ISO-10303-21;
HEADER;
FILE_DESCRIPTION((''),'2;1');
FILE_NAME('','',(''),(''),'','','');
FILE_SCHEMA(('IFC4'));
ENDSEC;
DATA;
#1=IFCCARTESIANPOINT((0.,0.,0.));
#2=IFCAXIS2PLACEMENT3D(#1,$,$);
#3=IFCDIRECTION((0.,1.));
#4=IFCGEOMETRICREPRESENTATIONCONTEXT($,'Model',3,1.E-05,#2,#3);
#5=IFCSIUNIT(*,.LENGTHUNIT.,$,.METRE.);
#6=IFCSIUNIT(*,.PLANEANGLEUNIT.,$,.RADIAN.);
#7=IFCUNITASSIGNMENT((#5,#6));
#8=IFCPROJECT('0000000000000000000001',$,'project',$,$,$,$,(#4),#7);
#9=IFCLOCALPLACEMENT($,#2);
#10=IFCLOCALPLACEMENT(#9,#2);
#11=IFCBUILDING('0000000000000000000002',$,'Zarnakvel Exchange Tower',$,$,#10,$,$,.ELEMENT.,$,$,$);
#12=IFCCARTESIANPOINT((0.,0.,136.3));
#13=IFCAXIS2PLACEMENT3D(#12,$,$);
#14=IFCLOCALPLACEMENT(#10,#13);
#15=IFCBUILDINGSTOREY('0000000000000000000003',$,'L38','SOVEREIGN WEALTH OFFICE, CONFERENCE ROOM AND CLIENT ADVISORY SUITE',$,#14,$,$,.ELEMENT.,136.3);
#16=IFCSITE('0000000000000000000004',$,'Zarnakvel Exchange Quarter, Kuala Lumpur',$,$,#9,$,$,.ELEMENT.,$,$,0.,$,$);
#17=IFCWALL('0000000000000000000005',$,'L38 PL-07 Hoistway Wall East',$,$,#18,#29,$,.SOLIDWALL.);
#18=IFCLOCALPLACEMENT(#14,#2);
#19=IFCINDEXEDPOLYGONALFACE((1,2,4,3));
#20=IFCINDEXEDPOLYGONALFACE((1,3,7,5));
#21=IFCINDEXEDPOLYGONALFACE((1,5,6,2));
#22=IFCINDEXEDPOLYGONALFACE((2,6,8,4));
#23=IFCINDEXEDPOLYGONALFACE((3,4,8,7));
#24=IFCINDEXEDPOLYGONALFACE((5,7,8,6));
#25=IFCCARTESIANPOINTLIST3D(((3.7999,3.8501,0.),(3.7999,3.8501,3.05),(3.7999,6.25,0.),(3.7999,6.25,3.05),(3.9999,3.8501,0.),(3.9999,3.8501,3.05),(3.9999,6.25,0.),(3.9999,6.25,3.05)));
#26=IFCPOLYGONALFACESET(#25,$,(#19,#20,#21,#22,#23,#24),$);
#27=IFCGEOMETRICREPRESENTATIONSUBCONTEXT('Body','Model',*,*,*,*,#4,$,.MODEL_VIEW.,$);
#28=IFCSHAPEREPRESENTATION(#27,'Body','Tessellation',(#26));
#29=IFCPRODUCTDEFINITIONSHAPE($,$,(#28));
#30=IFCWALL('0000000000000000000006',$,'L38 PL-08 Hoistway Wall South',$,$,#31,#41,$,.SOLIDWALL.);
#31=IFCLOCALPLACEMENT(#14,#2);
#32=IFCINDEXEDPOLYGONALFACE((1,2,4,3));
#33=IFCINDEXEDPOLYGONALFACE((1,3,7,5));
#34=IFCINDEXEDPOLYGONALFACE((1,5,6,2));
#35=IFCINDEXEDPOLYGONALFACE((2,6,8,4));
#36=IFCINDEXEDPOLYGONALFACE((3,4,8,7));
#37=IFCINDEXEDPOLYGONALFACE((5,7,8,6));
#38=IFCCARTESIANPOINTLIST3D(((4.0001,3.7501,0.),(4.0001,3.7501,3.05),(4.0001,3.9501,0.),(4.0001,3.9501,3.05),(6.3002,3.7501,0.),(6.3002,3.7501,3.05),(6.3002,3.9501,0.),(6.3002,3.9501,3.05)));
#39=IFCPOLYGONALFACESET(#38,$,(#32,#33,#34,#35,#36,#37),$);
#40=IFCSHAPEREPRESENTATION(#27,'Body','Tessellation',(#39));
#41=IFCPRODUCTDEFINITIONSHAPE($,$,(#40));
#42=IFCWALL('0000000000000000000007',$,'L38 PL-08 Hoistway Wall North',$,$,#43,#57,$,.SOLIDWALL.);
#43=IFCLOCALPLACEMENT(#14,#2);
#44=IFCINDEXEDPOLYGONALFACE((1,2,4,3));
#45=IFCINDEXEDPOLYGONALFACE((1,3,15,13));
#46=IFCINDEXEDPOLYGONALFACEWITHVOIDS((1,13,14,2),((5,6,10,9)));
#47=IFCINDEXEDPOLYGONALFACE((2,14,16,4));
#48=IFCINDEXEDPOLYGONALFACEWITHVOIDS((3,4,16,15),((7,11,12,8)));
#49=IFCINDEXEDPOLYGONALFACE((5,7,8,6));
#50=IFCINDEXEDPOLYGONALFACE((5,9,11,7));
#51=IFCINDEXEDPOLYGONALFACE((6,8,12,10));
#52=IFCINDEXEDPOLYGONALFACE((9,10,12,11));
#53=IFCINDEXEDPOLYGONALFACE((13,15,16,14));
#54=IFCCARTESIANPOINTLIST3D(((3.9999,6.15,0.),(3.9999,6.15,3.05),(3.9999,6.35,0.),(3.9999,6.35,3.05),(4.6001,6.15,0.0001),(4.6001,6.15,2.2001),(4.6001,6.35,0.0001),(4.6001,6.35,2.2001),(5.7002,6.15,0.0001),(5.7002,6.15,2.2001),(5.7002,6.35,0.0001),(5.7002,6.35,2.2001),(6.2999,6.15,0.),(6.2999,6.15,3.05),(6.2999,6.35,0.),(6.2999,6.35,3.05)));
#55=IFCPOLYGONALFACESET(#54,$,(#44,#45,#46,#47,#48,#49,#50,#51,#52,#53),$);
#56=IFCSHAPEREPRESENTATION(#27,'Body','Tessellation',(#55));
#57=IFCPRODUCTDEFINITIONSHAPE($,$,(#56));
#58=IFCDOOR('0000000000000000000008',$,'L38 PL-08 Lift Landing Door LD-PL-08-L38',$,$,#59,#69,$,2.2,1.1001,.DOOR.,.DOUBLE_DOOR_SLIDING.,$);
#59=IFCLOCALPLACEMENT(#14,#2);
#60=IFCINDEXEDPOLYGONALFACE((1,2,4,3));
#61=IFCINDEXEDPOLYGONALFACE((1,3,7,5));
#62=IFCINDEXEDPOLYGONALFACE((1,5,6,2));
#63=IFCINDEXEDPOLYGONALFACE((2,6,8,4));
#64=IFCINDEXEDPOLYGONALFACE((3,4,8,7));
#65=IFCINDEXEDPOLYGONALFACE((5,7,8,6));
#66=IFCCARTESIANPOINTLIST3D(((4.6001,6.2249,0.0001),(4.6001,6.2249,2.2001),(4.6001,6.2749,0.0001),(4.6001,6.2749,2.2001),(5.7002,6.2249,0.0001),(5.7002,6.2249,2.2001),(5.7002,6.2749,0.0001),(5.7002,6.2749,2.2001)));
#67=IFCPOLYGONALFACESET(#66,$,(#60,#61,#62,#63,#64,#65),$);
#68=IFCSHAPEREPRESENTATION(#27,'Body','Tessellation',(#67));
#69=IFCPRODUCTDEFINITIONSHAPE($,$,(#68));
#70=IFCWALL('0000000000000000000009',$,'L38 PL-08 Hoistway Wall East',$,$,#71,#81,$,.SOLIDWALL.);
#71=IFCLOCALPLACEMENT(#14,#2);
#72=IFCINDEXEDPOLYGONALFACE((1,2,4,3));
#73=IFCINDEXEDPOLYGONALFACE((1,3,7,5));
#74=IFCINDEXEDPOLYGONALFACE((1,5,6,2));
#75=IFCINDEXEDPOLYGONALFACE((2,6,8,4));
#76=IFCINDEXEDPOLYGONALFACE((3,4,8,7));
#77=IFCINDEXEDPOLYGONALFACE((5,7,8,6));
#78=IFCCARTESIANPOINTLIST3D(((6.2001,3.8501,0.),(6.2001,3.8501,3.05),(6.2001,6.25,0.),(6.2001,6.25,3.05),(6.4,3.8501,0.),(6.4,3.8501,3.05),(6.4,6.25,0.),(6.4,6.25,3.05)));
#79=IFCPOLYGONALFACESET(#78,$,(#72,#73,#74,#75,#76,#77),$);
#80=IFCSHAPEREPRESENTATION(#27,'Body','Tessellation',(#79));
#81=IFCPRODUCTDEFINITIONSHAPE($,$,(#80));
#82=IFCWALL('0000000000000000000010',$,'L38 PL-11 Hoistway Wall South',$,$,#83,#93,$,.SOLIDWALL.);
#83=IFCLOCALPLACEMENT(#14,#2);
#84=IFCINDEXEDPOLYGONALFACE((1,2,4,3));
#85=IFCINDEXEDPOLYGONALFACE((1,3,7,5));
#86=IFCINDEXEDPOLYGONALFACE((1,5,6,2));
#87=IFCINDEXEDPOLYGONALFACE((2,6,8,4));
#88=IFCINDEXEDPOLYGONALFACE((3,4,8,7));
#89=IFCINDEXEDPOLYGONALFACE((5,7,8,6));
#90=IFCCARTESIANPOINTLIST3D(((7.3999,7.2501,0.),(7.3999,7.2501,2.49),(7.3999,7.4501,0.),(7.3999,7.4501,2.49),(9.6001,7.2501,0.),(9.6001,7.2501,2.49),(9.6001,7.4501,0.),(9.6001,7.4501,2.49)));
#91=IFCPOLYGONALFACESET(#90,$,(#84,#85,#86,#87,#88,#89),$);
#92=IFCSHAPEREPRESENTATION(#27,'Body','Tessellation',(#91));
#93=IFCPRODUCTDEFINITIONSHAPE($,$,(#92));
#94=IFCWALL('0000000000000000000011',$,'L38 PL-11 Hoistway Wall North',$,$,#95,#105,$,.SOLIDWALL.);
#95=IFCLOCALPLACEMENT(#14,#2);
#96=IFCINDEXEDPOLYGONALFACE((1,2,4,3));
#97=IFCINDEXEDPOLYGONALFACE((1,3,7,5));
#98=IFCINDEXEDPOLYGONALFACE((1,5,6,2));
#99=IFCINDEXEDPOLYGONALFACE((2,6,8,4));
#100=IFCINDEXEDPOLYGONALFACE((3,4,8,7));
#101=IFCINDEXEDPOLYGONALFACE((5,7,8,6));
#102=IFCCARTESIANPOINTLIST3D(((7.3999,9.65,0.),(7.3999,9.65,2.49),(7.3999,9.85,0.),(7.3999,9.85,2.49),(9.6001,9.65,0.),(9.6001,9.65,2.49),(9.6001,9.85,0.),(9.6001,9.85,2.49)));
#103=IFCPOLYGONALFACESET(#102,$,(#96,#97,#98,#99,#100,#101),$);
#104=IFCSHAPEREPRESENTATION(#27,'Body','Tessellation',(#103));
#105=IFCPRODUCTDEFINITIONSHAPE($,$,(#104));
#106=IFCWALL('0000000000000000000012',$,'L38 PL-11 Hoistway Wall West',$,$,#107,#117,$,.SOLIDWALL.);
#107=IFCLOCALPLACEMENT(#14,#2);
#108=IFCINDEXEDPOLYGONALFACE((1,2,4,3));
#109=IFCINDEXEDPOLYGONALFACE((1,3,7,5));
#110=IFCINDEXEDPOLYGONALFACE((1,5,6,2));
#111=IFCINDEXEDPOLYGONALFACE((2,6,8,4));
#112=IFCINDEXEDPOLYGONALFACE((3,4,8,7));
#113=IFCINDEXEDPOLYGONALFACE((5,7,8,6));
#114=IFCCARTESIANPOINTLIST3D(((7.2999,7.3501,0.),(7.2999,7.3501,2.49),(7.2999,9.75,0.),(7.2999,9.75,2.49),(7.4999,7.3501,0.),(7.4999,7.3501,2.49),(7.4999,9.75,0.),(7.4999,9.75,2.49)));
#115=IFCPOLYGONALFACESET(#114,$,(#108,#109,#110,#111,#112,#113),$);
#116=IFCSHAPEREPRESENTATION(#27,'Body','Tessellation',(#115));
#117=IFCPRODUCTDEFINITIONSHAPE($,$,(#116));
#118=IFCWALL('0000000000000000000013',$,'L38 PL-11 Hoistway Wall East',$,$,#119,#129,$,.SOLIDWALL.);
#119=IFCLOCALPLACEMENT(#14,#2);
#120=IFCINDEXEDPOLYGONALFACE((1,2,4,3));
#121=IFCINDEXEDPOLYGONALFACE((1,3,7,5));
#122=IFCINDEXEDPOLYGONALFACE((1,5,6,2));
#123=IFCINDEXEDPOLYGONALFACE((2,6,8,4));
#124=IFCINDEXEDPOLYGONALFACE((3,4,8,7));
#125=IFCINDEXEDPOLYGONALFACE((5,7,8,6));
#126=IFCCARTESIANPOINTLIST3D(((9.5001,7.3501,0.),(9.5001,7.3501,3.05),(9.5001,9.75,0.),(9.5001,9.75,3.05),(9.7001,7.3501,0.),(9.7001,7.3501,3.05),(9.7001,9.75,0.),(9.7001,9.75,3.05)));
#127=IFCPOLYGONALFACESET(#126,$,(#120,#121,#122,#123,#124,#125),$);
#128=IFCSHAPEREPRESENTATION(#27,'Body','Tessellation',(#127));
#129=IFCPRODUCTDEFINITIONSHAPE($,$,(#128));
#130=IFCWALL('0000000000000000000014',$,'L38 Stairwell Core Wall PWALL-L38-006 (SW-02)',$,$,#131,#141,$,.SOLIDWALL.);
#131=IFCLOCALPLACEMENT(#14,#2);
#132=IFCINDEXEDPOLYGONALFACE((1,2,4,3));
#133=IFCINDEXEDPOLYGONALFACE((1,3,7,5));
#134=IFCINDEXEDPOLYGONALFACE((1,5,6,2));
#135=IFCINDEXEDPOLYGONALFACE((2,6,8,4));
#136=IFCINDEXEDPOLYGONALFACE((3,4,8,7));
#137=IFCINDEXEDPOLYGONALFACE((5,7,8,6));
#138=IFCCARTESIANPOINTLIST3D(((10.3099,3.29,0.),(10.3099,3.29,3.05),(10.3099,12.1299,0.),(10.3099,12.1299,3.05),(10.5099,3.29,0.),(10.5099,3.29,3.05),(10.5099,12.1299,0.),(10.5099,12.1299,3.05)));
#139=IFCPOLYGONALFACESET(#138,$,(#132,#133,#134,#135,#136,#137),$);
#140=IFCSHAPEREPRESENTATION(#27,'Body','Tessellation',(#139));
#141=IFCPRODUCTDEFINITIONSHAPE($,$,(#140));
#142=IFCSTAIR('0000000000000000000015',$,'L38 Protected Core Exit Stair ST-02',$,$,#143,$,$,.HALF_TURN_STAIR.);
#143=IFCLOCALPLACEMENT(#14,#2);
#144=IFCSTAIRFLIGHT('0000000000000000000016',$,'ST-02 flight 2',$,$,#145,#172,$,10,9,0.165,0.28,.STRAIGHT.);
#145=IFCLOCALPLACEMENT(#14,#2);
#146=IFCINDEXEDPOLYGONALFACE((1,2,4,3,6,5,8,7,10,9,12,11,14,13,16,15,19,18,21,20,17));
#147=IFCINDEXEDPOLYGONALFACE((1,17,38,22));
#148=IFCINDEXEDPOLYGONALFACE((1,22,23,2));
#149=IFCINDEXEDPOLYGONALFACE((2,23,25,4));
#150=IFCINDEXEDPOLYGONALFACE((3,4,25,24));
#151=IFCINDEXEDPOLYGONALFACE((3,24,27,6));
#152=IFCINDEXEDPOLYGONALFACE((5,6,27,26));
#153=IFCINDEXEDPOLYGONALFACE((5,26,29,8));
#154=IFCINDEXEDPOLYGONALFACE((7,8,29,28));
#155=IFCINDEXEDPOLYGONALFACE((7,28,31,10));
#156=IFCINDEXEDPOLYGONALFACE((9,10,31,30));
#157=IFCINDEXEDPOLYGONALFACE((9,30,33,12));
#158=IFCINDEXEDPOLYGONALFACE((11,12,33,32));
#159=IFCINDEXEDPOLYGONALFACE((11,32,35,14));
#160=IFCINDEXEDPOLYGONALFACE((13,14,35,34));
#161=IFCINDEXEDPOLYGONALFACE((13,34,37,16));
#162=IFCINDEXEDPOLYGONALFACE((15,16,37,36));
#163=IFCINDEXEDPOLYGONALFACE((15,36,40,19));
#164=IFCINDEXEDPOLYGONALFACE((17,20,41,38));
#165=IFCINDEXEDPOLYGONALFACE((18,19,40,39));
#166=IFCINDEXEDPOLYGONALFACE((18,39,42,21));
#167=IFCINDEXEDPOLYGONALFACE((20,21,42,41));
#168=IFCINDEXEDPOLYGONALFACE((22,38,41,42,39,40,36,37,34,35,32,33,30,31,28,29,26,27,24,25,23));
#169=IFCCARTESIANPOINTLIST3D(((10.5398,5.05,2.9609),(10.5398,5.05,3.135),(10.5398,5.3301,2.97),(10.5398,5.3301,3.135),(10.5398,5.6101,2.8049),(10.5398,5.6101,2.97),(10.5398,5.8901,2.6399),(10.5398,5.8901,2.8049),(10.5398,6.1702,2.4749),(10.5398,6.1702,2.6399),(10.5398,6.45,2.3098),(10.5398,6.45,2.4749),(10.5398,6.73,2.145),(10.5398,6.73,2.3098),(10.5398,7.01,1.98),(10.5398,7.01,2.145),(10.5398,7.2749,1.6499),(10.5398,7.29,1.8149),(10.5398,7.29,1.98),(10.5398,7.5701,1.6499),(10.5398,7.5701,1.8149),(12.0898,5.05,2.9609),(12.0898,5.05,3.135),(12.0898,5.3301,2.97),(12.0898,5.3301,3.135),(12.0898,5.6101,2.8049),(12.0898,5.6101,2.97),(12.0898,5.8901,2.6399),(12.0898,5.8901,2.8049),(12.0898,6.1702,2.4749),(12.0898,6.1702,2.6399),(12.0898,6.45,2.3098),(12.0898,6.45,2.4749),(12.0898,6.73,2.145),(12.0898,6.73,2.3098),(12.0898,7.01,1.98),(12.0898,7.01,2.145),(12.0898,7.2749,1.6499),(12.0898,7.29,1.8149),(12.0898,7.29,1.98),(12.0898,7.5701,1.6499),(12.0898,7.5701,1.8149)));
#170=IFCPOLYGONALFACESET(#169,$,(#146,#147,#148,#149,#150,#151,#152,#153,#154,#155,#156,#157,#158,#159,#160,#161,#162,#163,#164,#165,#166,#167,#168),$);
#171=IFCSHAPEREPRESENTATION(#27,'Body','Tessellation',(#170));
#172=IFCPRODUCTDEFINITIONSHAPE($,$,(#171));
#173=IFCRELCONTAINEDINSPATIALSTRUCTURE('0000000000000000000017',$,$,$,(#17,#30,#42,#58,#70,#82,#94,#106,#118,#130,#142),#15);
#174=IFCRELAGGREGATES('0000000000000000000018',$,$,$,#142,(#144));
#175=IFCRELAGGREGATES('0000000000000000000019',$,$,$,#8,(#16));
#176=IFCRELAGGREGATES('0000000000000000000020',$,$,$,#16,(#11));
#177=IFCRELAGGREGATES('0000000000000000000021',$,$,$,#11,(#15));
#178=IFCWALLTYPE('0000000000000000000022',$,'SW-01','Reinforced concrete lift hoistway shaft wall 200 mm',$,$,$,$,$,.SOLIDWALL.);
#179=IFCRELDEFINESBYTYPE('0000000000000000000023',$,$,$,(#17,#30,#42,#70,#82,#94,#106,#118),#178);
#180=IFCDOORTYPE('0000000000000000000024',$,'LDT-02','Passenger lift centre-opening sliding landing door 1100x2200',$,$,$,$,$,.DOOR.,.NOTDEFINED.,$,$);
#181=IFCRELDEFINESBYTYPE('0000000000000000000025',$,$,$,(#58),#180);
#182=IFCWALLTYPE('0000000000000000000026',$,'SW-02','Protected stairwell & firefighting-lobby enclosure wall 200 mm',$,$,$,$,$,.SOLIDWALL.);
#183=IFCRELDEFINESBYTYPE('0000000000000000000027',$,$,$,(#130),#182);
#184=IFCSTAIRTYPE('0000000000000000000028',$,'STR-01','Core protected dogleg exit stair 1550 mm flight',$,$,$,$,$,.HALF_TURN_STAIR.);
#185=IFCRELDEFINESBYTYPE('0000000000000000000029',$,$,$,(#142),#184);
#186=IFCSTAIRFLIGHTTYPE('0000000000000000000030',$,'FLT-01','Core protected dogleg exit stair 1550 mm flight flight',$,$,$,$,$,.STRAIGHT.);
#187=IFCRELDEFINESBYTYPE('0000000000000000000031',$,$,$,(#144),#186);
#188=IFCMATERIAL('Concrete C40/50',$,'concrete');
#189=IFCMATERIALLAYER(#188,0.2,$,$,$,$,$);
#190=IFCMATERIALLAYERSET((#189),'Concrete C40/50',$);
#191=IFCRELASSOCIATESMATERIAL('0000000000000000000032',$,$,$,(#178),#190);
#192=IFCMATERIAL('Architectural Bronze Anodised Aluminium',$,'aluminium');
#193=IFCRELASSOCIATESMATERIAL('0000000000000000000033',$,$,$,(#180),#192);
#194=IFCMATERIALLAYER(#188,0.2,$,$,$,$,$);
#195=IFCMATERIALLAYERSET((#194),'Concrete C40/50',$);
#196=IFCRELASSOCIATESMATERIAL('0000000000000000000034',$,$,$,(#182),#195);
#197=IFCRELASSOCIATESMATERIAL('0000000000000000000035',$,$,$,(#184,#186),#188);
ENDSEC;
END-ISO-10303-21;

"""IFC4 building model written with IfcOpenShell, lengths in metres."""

from ifc_helpers import new_model, si_unit, direction, frame, frame_2d, origin, place, context, subcontext, project, spatial, polyline, rectangle, outline, extrude, source, transform, mapped, material, layer, layer_set, type_object, element, fill, aggregate, save


model = new_model("IFC4")

# Units and contexts
model_context = context("Model", 3, precision=1e-05, world=origin(), true_north=direction((0.0, 1.0)))
body_context = subcontext(model_context, "Body", "Model", "MODEL_VIEW")
ifc_project = project(units=[si_unit("LENGTHUNIT", "METRE"), si_unit("PLANEANGLEUNIT", "RADIAN")], contexts=[model_context])

# Site, building, storey
site_placement = place(None, origin())
site = spatial("IfcSite", under=ifc_project, at=site_placement, Name="Zarnakvel Exchange Quarter, Kuala Lumpur", CompositionType="ELEMENT", RefElevation=0.0)
building_placement = place(site_placement, origin())
building = spatial("IfcBuilding", under=site, at=building_placement, Name="Zarnakvel Exchange Tower", CompositionType="ELEMENT")
storey_placement = place(building_placement, frame((0.0, 0.0, 136.3)))
storey = spatial("IfcBuildingStorey", under=building, at=storey_placement, Name="L38", Description="SOVEREIGN WEALTH OFFICE, CONFERENCE ROOM AND CLIENT ADVISORY SUITE", CompositionType="ELEMENT", Elevation=136.3)

# Shared definitions
ifc_material_1 = material(Name="Concrete C40/50", Category="concrete")
ifc_layer_1 = layer(ifc_material_1, 0.2)
ifc_layer_set_1 = layer_set([ifc_layer_1], Name="Concrete C40/50")
wall_type_1 = type_object("IfcWallType", Name="SW-01", Description="Reinforced concrete lift hoistway shaft wall 200 mm", PredefinedType="SOLIDWALL", material=ifc_layer_set_1)
shared_shape = source(origin(), body_context, "Body", "SweptSolid", [
    extrude(rectangle(XDim=1.1001, YDim=2.2, at=frame_2d((0.55, 1.1001))), frame((0.0, 0.0249, 0.0), z_axis=(0.0, -1.0, 0.0), x_axis=(1.0, 0.0, 0.0)), (0.0, 0.0, 1.0), 0.05),
])

# Shared definitions
ifc_material_2 = material(Name="Architectural Bronze Anodised Aluminium", Category="aluminium")
door_type_1 = type_object("IfcDoorType", Name="LDT-02", Description="Passenger lift centre-opening sliding landing door 1100x2200", OperationType="NOTDEFINED", PredefinedType="DOOR", material=ifc_material_2)

# Walls
for number, where, z_axis, x_axis, name in (
    (1, (3.8999, 6.25, 0.0), (0.0, 0.0, 1.0), (0.0, -1.0, 0.0), "L38 PL-07 Hoistway Wall East"),
):
    element("IfcWall", number, at=place(storey_placement, frame(where, z_axis=z_axis, x_axis=x_axis)), inside=storey, type_object=wall_type_1, Name=name, PredefinedType="SOLIDWALL", context=body_context, shape_type="SweptSolid", body=[
        extrude(rectangle(XDim=2.3999, YDim=0.2, at=frame_2d((1.2, 0.0))), origin(), (0.0, 0.0, 1.0), 3.05),
    ])
wall_1_placement = place(storey_placement, frame((6.3, 3.8501, 0.0), z_axis=(0.0, 0.0, 1.0), x_axis=(-1.0, 0.0, 0.0)))
element("IfcWall", 2, at=wall_1_placement, inside=storey, type_object=wall_type_1, Name="L38 PL-08 Hoistway Wall South", PredefinedType="SOLIDWALL", context=body_context, shape_type="SweptSolid", body=[
    extrude(rectangle(XDim=2.3, YDim=0.2, at=frame_2d((1.1499, 0.0))), origin(), (0.0, 0.0, 1.0), 3.05),
])

# Wall, opening, door
wall_2_placement = place(storey_placement, frame((4.0, 6.25, 0.0), z_axis=(0.0, 0.0, 1.0), x_axis=(1.0, 0.0, 0.0)))
wall_2 = element("IfcWall", 3, at=wall_2_placement, inside=storey, type_object=wall_type_1, Name="L38 PL-08 Hoistway Wall North", PredefinedType="SOLIDWALL", context=body_context, shape_type="SweptSolid", body=[
    extrude(rectangle(XDim=2.3, YDim=0.2, at=frame_2d((1.1499, 0.0))), origin(), (0.0, 0.0, 1.0), 3.05),
])
opening_1_placement = place(wall_2_placement, frame((0.6001, 0.0, 0.0)))
opening_1 = element("IfcOpeningElement", 4, at=opening_1_placement, cuts=wall_2, PredefinedType="OPENING", context=body_context, shape_type="SweptSolid", body=[
    extrude(rectangle(XDim=1.1001, YDim=2.2, at=frame_2d((0.55, 1.1001))), frame((0.0, 0.1099, 0.0), z_axis=(0.0, -1.0, 0.0), x_axis=(1.0, 0.0, 0.0)), (0.0, 0.0, 1.0), 0.22),
])
door_1_placement = place(opening_1_placement, origin())
door_1 = element("IfcDoor", 5, at=door_1_placement, inside=storey, type_object=door_type_1, Name="L38 PL-08 Lift Landing Door LD-PL-08-L38", OperationType="DOUBLE_DOOR_SLIDING", OverallHeight=2.2, OverallWidth=1.1001, PredefinedType="DOOR", context=body_context, shape_type="MappedRepresentation", body=[
    mapped(shared_shape, transform((0.0, 0.0, 0.0), x_axis=(1.0, 0.0, 0.0), y_axis=(0.0, 1.0, 0.0), z_axis=(0.0, 0.0, 1.0), scale=1.0)),
])
fill(opening_1, door_1)

# Walls
wall_3_placement = place(storey_placement, frame((6.3, 6.25, 0.0), z_axis=(0.0, 0.0, 1.0), x_axis=(0.0, -1.0, 0.0)))
element("IfcWall", 6, at=wall_3_placement, inside=storey, type_object=wall_type_1, Name="L38 PL-08 Hoistway Wall East", PredefinedType="SOLIDWALL", context=body_context, shape_type="SweptSolid", body=[
    extrude(rectangle(XDim=2.3999, YDim=0.2, at=frame_2d((1.2, 0.0))), origin(), (0.0, 0.0, 1.0), 3.05),
])
for number, where, z_axis, x_axis, name in (
    (7, (9.6001, 7.3501, 0.0), (0.0, 0.0, 1.0), (-1.0, 0.0, 0.0), "L38 PL-11 Hoistway Wall South"),
    (8, (7.3999, 9.75, 0.0), (0.0, 0.0, 1.0), (1.0, 0.0, 0.0), "L38 PL-11 Hoistway Wall North"),
):
    element("IfcWall", number, at=place(storey_placement, frame(where, z_axis=z_axis, x_axis=x_axis)), inside=storey, type_object=wall_type_1, Name=name, PredefinedType="SOLIDWALL", context=body_context, shape_type="SweptSolid", body=[
        extrude(rectangle(XDim=2.2002, YDim=0.2, at=frame_2d((1.1001, 0.0))), origin(), (0.0, 0.0, 1.0), 2.49),
    ])
wall_4_placement = place(storey_placement, frame((7.3999, 7.3501, 0.0), z_axis=(0.0, 0.0, 1.0), x_axis=(0.0, 1.0, 0.0)))
element("IfcWall", 9, at=wall_4_placement, inside=storey, type_object=wall_type_1, Name="L38 PL-11 Hoistway Wall West", PredefinedType="SOLIDWALL", context=body_context, shape_type="SweptSolid", body=[
    extrude(rectangle(XDim=2.3999, YDim=0.2, at=frame_2d((1.2, 0.0))), origin(), (0.0, 0.0, 1.0), 2.49),
])
wall_5_placement = place(storey_placement, frame((9.6001, 9.75, 0.0), z_axis=(0.0, 0.0, 1.0), x_axis=(0.0, -1.0, 0.0)))
element("IfcWall", 10, at=wall_5_placement, inside=storey, type_object=wall_type_1, Name="L38 PL-11 Hoistway Wall East", PredefinedType="SOLIDWALL", context=body_context, shape_type="SweptSolid", body=[
    extrude(rectangle(XDim=2.3999, YDim=0.2, at=frame_2d((1.2, 0.0))), origin(), (0.0, 0.0, 1.0), 3.05),
])
ifc_layer_2 = layer(ifc_material_1, 0.2)
ifc_layer_set_2 = layer_set([ifc_layer_2], Name="Concrete C40/50")
wall_type_2 = type_object("IfcWallType", Name="SW-02", Description="Protected stairwell & firefighting-lobby enclosure wall 200 mm", PredefinedType="SOLIDWALL", material=ifc_layer_set_2)
wall_6_placement = place(storey_placement, frame((10.4099, 3.29, 0.0), z_axis=(0.0, 0.0, 1.0), x_axis=(0.0, 1.0, 0.0)))
element("IfcWall", 11, at=wall_6_placement, inside=storey, type_object=wall_type_2, Name="L38 Stairwell Core Wall PWALL-L38-006 (SW-02)", PredefinedType="SOLIDWALL", context=body_context, shape_type="SweptSolid", body=[
    extrude(rectangle(XDim=8.8398, YDim=0.2, at=frame_2d((4.4199, 0.0))), origin(), (0.0, 0.0, 1.0), 3.05),
])

# Stair, stair flight
stair_type = type_object("IfcStairType", Name="STR-01", Description="Core protected dogleg exit stair 1550 mm flight", PredefinedType="HALF_TURN_STAIR", material=ifc_material_1)
stair_placement = place(storey_placement, origin())
stair = element("IfcStair", 12, at=stair_placement, inside=storey, type_object=stair_type, Name="L38 Protected Core Exit Stair ST-02", PredefinedType="HALF_TURN_STAIR")
stair_flight_type = type_object("IfcStairFlightType", Name="FLT-01", Description="Core protected dogleg exit stair 1550 mm flight flight", PredefinedType="STRAIGHT", material=ifc_material_1)
stair_flight_placement = place(storey_placement, frame((11.3149, 7.5701, 1.6499), z_axis=(0.0, 0.0, 1.0), x_axis=(0.0, -1.0, 0.0)))
stair_flight = element("IfcStairFlight", 13, at=stair_flight_placement, type_object=stair_flight_type, Name="ST-02 flight 2", NumberOfRisers=10, NumberOfTreads=9, PredefinedType="STRAIGHT", RiserHeight=0.165, TreadLength=0.28, context=body_context, shape_type="SweptSolid", body=[
    extrude(outline(polyline([(0.0, 0.0), (0.0, 0.165), (0.28, 0.165), (0.28, 0.3301), (0.5601, 0.3301), (0.5601, 0.4951), (0.8401, 0.4951), (0.8401, 0.6599), (1.1201, 0.6599), (1.1201, 0.825), (1.3999, 0.825), (1.3999, 0.99), (1.6799, 0.99), (1.6799, 1.155), (1.96, 1.155), (1.96, 1.3201), (2.24, 1.3201), (2.24, 1.4851), (2.52, 1.4851), (2.52, 1.6499), (2.52, 1.311), (0.2952, 0.0), (0.0, 0.0)])), frame((0.0, 0.7749, 0.0), z_axis=(0.0, -1.0, 0.0), x_axis=(1.0, 0.0, 0.0)), (0.0, 0.0, 1.0), 1.55),
])
aggregate(stair, [stair_flight])

save(model, "model.ifc")
